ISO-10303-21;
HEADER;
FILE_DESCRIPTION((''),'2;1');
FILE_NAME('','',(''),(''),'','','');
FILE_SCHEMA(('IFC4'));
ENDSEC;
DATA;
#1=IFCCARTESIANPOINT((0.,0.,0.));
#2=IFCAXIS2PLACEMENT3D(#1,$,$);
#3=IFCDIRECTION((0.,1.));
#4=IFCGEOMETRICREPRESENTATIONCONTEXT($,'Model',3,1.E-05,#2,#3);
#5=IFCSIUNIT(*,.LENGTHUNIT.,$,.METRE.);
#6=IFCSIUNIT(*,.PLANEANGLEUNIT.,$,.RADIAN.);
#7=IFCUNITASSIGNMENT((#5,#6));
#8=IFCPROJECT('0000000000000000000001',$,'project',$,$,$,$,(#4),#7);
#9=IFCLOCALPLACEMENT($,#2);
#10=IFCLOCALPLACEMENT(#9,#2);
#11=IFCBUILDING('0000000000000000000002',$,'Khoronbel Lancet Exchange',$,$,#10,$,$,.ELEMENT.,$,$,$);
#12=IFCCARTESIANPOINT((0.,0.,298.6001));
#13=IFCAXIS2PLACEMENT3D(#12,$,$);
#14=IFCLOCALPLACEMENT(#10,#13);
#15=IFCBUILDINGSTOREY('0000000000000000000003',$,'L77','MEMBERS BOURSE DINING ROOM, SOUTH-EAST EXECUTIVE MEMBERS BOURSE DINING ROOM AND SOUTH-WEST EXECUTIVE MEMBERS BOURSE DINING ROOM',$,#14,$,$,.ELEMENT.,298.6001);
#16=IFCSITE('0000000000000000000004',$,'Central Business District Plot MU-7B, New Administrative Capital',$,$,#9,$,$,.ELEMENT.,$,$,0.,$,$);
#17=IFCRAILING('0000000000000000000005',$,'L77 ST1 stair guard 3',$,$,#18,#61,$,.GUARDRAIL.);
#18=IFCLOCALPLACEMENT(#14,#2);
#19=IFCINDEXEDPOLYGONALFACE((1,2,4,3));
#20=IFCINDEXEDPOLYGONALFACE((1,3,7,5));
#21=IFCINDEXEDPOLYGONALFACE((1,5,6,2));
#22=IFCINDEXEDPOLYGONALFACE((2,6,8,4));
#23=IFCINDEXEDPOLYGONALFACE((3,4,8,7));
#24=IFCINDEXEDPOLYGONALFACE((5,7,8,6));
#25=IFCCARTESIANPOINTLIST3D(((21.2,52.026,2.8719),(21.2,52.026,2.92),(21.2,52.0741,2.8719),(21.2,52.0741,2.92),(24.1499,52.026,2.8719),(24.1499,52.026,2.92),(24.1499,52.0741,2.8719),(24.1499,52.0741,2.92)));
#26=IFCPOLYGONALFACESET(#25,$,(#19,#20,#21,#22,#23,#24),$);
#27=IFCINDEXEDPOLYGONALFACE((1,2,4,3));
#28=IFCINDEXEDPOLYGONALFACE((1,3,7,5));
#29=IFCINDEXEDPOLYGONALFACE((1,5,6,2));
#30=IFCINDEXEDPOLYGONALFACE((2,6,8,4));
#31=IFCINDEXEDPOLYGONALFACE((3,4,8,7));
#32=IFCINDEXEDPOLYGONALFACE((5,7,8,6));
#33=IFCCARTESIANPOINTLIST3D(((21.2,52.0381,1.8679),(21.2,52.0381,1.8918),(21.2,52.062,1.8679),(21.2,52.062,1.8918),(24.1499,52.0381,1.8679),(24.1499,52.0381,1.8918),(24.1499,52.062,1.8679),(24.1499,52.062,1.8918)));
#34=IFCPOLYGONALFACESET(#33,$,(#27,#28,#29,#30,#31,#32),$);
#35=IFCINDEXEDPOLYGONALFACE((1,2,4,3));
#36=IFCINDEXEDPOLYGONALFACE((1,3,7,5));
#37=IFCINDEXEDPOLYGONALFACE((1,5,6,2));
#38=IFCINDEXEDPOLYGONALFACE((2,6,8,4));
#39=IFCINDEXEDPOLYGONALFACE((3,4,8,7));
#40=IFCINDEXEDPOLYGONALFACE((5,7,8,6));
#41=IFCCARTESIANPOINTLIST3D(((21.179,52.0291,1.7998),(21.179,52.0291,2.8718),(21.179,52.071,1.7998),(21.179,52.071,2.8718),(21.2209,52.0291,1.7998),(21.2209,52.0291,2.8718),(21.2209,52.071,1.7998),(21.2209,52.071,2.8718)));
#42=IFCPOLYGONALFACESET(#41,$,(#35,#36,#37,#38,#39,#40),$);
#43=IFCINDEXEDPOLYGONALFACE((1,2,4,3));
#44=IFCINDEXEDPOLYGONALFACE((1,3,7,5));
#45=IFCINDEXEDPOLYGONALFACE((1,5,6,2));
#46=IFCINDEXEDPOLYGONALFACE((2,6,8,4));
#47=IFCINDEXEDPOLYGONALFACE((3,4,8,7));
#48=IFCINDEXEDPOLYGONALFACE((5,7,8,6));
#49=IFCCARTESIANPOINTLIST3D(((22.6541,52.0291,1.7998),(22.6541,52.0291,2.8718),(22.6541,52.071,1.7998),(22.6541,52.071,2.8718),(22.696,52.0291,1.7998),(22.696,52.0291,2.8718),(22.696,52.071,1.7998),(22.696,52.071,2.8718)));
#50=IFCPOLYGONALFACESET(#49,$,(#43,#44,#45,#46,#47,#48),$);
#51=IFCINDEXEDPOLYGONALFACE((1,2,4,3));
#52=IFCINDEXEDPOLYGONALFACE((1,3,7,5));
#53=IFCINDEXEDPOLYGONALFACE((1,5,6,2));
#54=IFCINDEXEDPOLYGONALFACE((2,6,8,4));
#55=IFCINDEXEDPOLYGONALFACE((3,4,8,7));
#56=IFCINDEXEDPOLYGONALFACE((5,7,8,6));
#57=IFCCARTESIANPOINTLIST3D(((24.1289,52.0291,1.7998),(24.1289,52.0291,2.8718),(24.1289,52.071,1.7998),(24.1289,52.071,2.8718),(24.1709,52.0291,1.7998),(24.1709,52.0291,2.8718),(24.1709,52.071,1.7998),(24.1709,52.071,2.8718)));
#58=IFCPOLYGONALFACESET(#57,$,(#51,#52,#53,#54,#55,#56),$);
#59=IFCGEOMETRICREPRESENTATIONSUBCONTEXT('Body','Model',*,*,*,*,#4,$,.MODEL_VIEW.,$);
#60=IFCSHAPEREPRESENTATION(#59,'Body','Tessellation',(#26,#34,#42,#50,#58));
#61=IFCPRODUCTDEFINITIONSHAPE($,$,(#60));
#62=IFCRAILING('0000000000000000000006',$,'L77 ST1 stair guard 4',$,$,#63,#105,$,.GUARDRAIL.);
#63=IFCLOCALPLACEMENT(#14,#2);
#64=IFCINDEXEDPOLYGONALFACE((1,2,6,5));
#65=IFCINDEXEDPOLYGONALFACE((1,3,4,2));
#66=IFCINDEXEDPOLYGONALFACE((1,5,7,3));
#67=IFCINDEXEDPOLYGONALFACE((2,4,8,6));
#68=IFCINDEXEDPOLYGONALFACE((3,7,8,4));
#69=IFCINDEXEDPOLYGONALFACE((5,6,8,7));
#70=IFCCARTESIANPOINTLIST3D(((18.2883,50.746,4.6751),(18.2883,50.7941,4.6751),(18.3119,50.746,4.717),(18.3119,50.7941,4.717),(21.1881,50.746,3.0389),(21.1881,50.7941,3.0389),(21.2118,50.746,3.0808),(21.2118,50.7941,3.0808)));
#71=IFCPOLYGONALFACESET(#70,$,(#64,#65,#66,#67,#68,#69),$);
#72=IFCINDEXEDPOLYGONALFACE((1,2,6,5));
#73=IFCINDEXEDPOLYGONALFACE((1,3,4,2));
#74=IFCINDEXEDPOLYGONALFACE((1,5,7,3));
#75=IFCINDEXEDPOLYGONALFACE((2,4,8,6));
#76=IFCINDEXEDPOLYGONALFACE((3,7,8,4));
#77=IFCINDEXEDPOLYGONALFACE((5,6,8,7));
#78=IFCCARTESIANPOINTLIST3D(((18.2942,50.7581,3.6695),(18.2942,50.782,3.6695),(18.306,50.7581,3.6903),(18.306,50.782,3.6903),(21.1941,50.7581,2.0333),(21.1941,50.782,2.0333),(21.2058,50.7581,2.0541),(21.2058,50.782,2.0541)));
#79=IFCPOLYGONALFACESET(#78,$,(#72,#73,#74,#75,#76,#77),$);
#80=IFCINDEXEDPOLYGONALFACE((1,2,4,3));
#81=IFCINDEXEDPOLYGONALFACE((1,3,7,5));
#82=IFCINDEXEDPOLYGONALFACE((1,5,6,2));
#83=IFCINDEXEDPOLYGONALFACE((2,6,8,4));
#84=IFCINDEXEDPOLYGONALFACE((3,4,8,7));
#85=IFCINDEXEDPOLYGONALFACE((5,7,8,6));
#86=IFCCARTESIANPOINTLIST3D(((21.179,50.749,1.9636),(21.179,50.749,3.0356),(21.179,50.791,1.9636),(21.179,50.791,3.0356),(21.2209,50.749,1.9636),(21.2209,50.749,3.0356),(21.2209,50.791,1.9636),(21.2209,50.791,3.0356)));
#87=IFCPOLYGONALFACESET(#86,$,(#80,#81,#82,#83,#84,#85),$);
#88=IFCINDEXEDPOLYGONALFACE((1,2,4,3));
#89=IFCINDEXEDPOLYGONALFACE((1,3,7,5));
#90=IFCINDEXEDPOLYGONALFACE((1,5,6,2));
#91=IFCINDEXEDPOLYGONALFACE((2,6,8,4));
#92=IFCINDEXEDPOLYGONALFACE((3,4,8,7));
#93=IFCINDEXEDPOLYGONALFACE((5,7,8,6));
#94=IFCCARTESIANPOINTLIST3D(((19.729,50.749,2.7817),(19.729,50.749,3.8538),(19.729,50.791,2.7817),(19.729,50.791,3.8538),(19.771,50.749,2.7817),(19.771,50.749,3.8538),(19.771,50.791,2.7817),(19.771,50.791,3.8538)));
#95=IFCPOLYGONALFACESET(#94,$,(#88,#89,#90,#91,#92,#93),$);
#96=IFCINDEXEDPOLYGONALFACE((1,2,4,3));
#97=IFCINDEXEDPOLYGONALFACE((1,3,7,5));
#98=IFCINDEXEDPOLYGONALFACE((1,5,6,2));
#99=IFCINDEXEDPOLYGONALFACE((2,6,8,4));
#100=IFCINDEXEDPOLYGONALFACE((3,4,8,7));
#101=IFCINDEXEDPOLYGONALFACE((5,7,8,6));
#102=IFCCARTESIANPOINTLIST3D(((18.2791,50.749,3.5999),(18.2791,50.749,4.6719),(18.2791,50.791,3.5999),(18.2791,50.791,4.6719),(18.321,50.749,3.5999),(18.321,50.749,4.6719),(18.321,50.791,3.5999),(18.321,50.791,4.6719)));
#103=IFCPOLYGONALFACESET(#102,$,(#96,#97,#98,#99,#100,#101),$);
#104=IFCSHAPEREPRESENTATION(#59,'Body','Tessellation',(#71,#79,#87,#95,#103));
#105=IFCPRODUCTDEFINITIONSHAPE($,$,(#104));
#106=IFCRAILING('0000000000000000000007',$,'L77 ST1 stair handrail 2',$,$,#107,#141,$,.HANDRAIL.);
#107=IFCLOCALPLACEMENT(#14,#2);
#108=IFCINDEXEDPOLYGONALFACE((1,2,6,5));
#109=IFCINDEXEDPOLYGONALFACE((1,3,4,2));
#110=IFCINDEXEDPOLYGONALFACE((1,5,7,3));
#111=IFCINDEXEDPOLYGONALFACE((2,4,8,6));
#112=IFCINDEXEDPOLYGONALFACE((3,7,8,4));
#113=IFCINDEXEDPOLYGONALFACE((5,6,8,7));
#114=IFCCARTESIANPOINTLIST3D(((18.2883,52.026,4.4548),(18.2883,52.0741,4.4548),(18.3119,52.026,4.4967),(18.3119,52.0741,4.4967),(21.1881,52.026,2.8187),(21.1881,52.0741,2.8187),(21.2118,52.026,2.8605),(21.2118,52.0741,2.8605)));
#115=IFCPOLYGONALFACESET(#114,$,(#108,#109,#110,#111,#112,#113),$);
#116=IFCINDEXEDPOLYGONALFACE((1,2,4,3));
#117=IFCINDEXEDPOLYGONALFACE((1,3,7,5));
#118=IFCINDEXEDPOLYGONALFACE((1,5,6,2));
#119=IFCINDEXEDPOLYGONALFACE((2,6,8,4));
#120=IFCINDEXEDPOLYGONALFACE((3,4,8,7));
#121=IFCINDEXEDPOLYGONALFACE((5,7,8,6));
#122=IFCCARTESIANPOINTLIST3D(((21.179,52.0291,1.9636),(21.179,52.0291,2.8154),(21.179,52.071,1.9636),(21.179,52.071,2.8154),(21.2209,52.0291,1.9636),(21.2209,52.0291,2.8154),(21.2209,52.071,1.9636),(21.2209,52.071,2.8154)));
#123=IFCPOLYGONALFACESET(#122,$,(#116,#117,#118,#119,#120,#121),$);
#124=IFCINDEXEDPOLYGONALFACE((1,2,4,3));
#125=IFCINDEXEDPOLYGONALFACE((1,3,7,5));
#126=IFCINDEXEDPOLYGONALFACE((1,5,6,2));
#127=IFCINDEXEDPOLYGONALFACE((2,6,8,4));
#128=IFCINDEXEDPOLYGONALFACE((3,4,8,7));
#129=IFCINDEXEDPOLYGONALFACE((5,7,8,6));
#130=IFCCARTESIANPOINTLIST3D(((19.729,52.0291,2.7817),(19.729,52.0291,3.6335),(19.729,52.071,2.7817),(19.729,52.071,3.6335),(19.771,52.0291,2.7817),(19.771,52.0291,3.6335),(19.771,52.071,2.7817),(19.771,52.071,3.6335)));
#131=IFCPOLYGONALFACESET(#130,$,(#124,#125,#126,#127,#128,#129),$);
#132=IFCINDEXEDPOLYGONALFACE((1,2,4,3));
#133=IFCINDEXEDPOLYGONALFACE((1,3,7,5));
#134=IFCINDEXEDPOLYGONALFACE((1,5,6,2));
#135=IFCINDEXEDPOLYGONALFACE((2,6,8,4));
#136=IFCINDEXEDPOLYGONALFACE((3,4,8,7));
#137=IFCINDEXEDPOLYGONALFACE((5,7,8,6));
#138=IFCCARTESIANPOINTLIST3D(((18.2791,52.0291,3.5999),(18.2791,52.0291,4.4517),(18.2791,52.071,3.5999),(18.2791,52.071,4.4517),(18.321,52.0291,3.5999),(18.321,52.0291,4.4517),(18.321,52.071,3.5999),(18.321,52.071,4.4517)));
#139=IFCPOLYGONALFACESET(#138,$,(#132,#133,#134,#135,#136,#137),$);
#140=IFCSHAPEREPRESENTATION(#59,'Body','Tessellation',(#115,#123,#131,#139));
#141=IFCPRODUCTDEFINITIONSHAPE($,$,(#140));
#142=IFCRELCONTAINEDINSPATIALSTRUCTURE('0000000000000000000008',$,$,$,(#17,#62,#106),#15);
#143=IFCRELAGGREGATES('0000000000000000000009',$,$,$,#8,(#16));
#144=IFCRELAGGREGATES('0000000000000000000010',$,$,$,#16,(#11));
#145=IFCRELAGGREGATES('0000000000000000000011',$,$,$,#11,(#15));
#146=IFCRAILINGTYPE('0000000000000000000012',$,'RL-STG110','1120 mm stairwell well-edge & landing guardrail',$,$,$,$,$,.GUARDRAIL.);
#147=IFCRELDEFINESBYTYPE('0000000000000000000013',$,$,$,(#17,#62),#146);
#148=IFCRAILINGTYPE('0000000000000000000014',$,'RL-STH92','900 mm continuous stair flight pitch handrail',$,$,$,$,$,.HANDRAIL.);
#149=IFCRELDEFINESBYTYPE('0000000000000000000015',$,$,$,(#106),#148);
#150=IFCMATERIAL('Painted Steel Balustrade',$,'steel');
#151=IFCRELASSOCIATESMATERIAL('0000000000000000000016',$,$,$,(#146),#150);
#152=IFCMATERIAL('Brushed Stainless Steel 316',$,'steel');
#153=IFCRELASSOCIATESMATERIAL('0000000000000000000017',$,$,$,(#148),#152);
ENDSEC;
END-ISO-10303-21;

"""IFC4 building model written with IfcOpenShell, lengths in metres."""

from ifc_helpers import new_model, si_unit, direction, frame, origin, origin_2d, place, context, subcontext, project, spatial, rectangle, extrude, material, type_object, element, save


model = new_model("IFC4")

# Units and contexts
model_context = context("Model", 3, precision=1e-05, world=origin(), true_north=direction((0.0, 1.0)))
body_context = subcontext(model_context, "Body", "Model", "MODEL_VIEW")
ifc_project = project(units=[si_unit("LENGTHUNIT", "METRE"), si_unit("PLANEANGLEUNIT", "RADIAN")], contexts=[model_context])

# Site, building, storey
site_placement = place(None, origin())
site = spatial("IfcSite", under=ifc_project, at=site_placement, Name="Central Business District Plot MU-7B, New Administrative Capital", CompositionType="ELEMENT", RefElevation=0.0)
building_placement = place(site_placement, origin())
building = spatial("IfcBuilding", under=site, at=building_placement, Name="Khoronbel Lancet Exchange", CompositionType="ELEMENT")
storey_placement = place(building_placement, frame((0.0, 0.0, 298.6001)))
storey = spatial("IfcBuildingStorey", under=building, at=storey_placement, Name="L77", Description="MEMBERS BOURSE DINING ROOM, SOUTH-EAST EXECUTIVE MEMBERS BOURSE DINING ROOM AND SOUTH-WEST EXECUTIVE MEMBERS BOURSE DINING ROOM", CompositionType="ELEMENT", Elevation=298.6001)

# Railings
ifc_material_1 = material(Name="Painted Steel Balustrade", Category="steel")
railing_type_1 = type_object("IfcRailingType", Name="RL-STG110", Description="1120 mm stairwell well-edge & landing guardrail", PredefinedType="GUARDRAIL", material=ifc_material_1)
railing_1_placement = place(storey_placement, frame((21.2, 52.05, 1.7998)))
element("IfcRailing", 1, at=railing_1_placement, inside=storey, type_object=railing_type_1, Name="L77 ST1 stair guard 3", PredefinedType="GUARDRAIL", context=body_context, shape_type="SweptSolid", body=[
    extrude(rectangle(XDim=0.0481, YDim=0.0481, at=origin_2d()), frame((0.0, 0.0, 1.0962), z_axis=(1.0, 0.0, 0.0), x_axis=(0.0, 1.0, 0.0)), (0.0, 0.0, 1.0), 2.95),
    extrude(rectangle(XDim=0.0239, YDim=0.0239, at=origin_2d()), frame((0.0, 0.0, 0.0801), z_axis=(1.0, 0.0, 0.0), x_axis=(0.0, 1.0, 0.0)), (0.0, 0.0, 1.0), 2.95),
    extrude(rectangle(XDim=0.042, YDim=0.042, at=origin_2d()), origin(), (0.0, 0.0, 1.0), 1.072),
    extrude(rectangle(XDim=0.042, YDim=0.042, at=origin_2d()), frame((1.4751, 0.0, 0.0)), (0.0, 0.0, 1.0), 1.072),
    extrude(rectangle(XDim=0.042, YDim=0.042, at=origin_2d()), frame((2.95, 0.0, 0.0)), (0.0, 0.0, 1.0), 1.072),
])
railing_2_placement = place(storey_placement, frame((21.2, 50.77, 1.9636)))
element("IfcRailing", 2, at=railing_2_placement, inside=storey, type_object=railing_type_1, Name="L77 ST1 stair guard 4", PredefinedType="GUARDRAIL", context=body_context, shape_type="SweptSolid", body=[
    extrude(rectangle(XDim=0.0481, YDim=0.0481, at=origin_2d()), frame((0.0, 0.0, 1.0962), z_axis=(-0.870929, 0.0, 0.49141), x_axis=(0.0, -1.0, 0.0)), (0.0, 0.0, 1.0), 3.3296),
    extrude(rectangle(XDim=0.0239, YDim=0.0239, at=origin_2d()), frame((0.0, 0.0, 0.0801), z_axis=(-0.870929, 0.0, 0.49141), x_axis=(0.0, -1.0, 0.0)), (0.0, 0.0, 1.0), 3.3296),
    extrude(rectangle(XDim=0.042, YDim=0.042, at=origin_2d()), origin(), (0.0, 0.0, 1.0), 1.072),
    extrude(rectangle(XDim=0.042, YDim=0.042, at=origin_2d()), frame((-1.45, 0.0, 0.8181)), (0.0, 0.0, 1.0), 1.072),
    extrude(rectangle(XDim=0.042, YDim=0.042, at=origin_2d()), frame((-2.8999, 0.0, 1.6362)), (0.0, 0.0, 1.0), 1.072),
])
ifc_material_2 = material(Name="Brushed Stainless Steel 316", Category="steel")
railing_type_2 = type_object("IfcRailingType", Name="RL-STH92", Description="900 mm continuous stair flight pitch handrail", PredefinedType="HANDRAIL", material=ifc_material_2)
railing_3_placement = place(storey_placement, frame((21.2, 52.05, 1.9636)))
element("IfcRailing", 3, at=railing_3_placement, inside=storey, type_object=railing_type_2, Name="L77 ST1 stair handrail 2", PredefinedType="HANDRAIL", context=body_context, shape_type="SweptSolid", body=[
    extrude(rectangle(XDim=0.0481, YDim=0.0481, at=origin_2d()), frame((0.0, 0.0, 0.876), z_axis=(-0.870929, 0.0, 0.49141), x_axis=(0.0, -1.0, 0.0)), (0.0, 0.0, 1.0), 3.3296),
    extrude(rectangle(XDim=0.042, YDim=0.042, at=origin_2d()), origin(), (0.0, 0.0, 1.0), 0.8518),
    extrude(rectangle(XDim=0.042, YDim=0.042, at=origin_2d()), frame((-1.45, 0.0, 0.8181)), (0.0, 0.0, 1.0), 0.8518),
    extrude(rectangle(XDim=0.042, YDim=0.042, at=origin_2d()), frame((-2.8999, 0.0, 1.6362)), (0.0, 0.0, 1.0), 0.8518),
])

save(model, "model.ifc")
